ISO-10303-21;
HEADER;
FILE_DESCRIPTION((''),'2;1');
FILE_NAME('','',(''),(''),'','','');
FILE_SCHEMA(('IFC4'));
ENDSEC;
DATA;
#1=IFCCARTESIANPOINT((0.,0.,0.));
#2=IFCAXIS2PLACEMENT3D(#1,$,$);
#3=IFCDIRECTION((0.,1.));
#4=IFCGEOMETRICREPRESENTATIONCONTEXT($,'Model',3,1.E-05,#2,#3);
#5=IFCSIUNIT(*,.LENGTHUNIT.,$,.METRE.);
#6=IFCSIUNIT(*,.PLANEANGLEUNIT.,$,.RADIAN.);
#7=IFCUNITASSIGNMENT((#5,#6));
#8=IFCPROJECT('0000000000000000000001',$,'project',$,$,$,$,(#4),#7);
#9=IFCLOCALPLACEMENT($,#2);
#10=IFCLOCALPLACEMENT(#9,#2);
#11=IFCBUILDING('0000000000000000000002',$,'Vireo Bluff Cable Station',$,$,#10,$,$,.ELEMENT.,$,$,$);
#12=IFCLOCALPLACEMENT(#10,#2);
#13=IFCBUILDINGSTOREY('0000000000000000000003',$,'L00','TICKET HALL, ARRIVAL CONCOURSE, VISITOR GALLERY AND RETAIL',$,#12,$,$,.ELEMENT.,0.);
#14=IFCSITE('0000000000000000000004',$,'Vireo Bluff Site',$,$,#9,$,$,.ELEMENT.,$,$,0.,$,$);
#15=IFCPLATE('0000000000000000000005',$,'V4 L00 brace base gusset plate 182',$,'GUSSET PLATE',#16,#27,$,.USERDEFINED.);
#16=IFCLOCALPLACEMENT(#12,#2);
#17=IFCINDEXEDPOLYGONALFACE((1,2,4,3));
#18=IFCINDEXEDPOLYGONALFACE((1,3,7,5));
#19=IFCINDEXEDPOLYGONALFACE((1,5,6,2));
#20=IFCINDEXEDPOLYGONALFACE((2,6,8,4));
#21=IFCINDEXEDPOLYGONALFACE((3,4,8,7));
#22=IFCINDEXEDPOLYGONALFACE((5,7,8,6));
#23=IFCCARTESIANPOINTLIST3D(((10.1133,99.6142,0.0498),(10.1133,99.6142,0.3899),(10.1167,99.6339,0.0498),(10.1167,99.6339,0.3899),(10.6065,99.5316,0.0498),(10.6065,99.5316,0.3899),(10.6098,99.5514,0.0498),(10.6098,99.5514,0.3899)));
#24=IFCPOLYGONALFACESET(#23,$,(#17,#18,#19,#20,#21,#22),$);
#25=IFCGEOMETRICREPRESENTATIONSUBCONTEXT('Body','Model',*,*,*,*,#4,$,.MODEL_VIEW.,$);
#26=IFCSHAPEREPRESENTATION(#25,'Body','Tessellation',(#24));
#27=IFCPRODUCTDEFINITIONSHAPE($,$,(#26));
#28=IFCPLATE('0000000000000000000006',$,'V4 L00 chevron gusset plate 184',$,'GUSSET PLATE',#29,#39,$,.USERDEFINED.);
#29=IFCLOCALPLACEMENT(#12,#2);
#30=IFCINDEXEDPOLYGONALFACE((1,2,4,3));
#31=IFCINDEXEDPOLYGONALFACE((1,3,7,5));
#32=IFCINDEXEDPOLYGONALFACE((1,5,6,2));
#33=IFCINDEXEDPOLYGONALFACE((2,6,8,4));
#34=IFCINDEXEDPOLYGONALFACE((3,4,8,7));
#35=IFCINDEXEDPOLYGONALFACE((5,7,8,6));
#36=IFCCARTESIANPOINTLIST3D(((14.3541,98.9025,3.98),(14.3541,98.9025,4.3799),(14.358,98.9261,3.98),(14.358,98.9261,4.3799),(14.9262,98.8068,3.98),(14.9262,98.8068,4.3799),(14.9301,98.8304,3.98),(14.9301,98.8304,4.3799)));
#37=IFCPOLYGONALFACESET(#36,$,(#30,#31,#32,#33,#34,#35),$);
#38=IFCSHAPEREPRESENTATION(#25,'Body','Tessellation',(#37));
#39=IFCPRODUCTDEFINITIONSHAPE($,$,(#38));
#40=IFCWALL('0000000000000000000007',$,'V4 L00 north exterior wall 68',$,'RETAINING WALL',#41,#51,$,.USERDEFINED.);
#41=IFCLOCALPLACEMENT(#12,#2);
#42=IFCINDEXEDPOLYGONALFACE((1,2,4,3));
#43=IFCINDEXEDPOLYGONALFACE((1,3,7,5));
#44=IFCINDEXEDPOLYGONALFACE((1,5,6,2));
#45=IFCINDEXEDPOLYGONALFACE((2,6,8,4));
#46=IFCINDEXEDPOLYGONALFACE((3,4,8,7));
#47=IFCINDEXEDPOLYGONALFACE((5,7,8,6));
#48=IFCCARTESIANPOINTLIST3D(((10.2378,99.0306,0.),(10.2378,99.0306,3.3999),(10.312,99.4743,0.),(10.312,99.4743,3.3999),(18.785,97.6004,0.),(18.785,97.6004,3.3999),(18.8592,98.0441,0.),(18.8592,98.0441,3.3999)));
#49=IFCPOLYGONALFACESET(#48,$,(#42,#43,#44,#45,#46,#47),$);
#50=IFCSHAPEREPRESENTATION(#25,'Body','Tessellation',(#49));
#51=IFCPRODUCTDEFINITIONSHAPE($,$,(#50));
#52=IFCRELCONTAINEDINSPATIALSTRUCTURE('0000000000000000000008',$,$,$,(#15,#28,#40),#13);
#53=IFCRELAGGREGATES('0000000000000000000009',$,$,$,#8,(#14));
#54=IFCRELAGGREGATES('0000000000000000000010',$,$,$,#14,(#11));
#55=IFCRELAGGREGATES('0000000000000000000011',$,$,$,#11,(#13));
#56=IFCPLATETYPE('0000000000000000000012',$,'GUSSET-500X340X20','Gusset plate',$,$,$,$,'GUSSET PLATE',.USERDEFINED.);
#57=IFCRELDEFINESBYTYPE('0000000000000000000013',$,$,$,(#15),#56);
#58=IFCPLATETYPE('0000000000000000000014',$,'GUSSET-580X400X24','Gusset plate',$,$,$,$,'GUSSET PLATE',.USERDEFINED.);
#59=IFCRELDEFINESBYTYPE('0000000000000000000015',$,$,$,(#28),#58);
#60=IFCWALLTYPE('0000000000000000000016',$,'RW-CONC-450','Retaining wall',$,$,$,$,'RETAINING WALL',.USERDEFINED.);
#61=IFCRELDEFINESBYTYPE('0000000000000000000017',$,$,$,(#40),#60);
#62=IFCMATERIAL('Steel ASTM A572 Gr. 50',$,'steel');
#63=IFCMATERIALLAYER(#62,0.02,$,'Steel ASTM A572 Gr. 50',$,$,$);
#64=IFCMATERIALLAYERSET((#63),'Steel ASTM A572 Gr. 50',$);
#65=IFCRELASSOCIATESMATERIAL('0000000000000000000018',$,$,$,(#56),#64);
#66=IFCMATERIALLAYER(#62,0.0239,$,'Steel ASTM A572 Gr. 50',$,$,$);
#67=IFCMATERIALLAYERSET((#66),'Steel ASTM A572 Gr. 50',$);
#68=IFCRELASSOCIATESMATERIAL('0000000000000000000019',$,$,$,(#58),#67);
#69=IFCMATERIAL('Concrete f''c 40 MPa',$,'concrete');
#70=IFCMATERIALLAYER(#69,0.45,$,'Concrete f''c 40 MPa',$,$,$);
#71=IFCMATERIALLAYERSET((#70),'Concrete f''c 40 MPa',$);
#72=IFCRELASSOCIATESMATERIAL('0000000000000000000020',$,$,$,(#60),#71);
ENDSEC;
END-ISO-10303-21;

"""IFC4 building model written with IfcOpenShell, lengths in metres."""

from ifc_helpers import new_model, si_unit, direction, frame, frame_2d, origin, origin_2d, place, context, subcontext, project, spatial, rectangle, extrude, material, layer, layer_set, type_object, element, save


model = new_model("IFC4")

# Units and contexts
model_context = context("Model", 3, precision=1e-05, world=origin(), true_north=direction((0.0, 1.0)))
body_context = subcontext(model_context, "Body", "Model", "MODEL_VIEW")
ifc_project = project(units=[si_unit("LENGTHUNIT", "METRE"), si_unit("PLANEANGLEUNIT", "RADIAN")], contexts=[model_context])

# Site, building, storey
site_placement = place(None, origin())
site = spatial("IfcSite", under=ifc_project, at=site_placement, Name="Vireo Bluff Site", CompositionType="ELEMENT", RefElevation=0.0)
building_placement = place(site_placement, origin())
building = spatial("IfcBuilding", under=site, at=building_placement, Name="Vireo Bluff Cable Station", CompositionType="ELEMENT")
storey_placement = place(building_placement, origin())
storey = spatial("IfcBuildingStorey", under=building, at=storey_placement, Name="L00", Description="TICKET HALL, ARRIVAL CONCOURSE, VISITOR GALLERY AND RETAIL", CompositionType="ELEMENT", Elevation=0.0)

# Shared definitions
ifc_material_1 = material(Name="Concrete f'c 40 MPa", Category="concrete")

# Shared definitions
ifc_material_2 = material(Name="Steel ASTM A572 Gr. 50", Category="steel")

# Plates
ifc_layer_1 = layer(ifc_material_2, 0.02, Name="Steel ASTM A572 Gr. 50")
ifc_layer_set_1 = layer_set([ifc_layer_1], Name="Steel ASTM A572 Gr. 50")
plate_type_1 = type_object("IfcPlateType", Name="GUSSET-500X340X20", Description="Gusset plate", ElementType="GUSSET PLATE", PredefinedType="USERDEFINED", material=ifc_layer_set_1)
plate_1_placement = place(storey_placement, frame((10.3616, 99.5828, 0.0498), z_axis=(0.0, 0.0, 1.0), x_axis=(0.986286, -0.165048, 0.0)))
element("IfcPlate", 1, at=plate_1_placement, inside=storey, type_object=plate_type_1, Name="V4 L00 brace base gusset plate 182", ObjectType="GUSSET PLATE", PredefinedType="USERDEFINED", context=body_context, shape_type="SweptSolid", body=[
    extrude(rectangle(XDim=0.5, YDim=0.02, at=origin_2d()), origin(), (0.0, 0.0, 1.0), 0.3401),
])
ifc_layer_2 = layer(ifc_material_2, 0.0239, Name="Steel ASTM A572 Gr. 50")
ifc_layer_set_2 = layer_set([ifc_layer_2], Name="Steel ASTM A572 Gr. 50")
plate_type_2 = type_object("IfcPlateType", Name="GUSSET-580X400X24", Description="Gusset plate", ElementType="GUSSET PLATE", PredefinedType="USERDEFINED", material=ifc_layer_set_2)
plate_2_placement = place(storey_placement, frame((14.6421, 98.8665, 3.98), z_axis=(0.0, 0.0, 1.0), x_axis=(0.986286, -0.165048, 0.0)))
element("IfcPlate", 2, at=plate_2_placement, inside=storey, type_object=plate_type_2, Name="V4 L00 chevron gusset plate 184", ObjectType="GUSSET PLATE", PredefinedType="USERDEFINED", context=body_context, shape_type="SweptSolid", body=[
    extrude(rectangle(XDim=0.5801, YDim=0.0239, at=origin_2d()), origin(), (0.0, 0.0, 1.0), 0.3999),
])

# Wall
ifc_layer_3 = layer(ifc_material_1, 0.45, Name="Concrete f'c 40 MPa")
ifc_layer_set_3 = layer_set([ifc_layer_3], Name="Concrete f'c 40 MPa")
wall_type = type_object("IfcWallType", Name="RW-CONC-450", Description="Retaining wall", ElementType="RETAINING WALL", PredefinedType="USERDEFINED", material=ifc_layer_set_3)
wall_placement = place(storey_placement, frame((10.2749, 99.2524, 0.0), z_axis=(0.0, 0.0, 1.0), x_axis=(0.986288, -0.165034, 0.0)))
element("IfcWall", 3, at=wall_placement, inside=storey, type_object=wall_type, Name="V4 L00 north exterior wall 68", ObjectType="RETAINING WALL", PredefinedType="USERDEFINED", context=body_context, shape_type="SweptSolid", body=[
    extrude(rectangle(XDim=8.666, YDim=0.45, at=frame_2d((4.333, 0.0))), origin(), (0.0, 0.0, 1.0), 3.3999),
])

save(model, "model.ifc")
